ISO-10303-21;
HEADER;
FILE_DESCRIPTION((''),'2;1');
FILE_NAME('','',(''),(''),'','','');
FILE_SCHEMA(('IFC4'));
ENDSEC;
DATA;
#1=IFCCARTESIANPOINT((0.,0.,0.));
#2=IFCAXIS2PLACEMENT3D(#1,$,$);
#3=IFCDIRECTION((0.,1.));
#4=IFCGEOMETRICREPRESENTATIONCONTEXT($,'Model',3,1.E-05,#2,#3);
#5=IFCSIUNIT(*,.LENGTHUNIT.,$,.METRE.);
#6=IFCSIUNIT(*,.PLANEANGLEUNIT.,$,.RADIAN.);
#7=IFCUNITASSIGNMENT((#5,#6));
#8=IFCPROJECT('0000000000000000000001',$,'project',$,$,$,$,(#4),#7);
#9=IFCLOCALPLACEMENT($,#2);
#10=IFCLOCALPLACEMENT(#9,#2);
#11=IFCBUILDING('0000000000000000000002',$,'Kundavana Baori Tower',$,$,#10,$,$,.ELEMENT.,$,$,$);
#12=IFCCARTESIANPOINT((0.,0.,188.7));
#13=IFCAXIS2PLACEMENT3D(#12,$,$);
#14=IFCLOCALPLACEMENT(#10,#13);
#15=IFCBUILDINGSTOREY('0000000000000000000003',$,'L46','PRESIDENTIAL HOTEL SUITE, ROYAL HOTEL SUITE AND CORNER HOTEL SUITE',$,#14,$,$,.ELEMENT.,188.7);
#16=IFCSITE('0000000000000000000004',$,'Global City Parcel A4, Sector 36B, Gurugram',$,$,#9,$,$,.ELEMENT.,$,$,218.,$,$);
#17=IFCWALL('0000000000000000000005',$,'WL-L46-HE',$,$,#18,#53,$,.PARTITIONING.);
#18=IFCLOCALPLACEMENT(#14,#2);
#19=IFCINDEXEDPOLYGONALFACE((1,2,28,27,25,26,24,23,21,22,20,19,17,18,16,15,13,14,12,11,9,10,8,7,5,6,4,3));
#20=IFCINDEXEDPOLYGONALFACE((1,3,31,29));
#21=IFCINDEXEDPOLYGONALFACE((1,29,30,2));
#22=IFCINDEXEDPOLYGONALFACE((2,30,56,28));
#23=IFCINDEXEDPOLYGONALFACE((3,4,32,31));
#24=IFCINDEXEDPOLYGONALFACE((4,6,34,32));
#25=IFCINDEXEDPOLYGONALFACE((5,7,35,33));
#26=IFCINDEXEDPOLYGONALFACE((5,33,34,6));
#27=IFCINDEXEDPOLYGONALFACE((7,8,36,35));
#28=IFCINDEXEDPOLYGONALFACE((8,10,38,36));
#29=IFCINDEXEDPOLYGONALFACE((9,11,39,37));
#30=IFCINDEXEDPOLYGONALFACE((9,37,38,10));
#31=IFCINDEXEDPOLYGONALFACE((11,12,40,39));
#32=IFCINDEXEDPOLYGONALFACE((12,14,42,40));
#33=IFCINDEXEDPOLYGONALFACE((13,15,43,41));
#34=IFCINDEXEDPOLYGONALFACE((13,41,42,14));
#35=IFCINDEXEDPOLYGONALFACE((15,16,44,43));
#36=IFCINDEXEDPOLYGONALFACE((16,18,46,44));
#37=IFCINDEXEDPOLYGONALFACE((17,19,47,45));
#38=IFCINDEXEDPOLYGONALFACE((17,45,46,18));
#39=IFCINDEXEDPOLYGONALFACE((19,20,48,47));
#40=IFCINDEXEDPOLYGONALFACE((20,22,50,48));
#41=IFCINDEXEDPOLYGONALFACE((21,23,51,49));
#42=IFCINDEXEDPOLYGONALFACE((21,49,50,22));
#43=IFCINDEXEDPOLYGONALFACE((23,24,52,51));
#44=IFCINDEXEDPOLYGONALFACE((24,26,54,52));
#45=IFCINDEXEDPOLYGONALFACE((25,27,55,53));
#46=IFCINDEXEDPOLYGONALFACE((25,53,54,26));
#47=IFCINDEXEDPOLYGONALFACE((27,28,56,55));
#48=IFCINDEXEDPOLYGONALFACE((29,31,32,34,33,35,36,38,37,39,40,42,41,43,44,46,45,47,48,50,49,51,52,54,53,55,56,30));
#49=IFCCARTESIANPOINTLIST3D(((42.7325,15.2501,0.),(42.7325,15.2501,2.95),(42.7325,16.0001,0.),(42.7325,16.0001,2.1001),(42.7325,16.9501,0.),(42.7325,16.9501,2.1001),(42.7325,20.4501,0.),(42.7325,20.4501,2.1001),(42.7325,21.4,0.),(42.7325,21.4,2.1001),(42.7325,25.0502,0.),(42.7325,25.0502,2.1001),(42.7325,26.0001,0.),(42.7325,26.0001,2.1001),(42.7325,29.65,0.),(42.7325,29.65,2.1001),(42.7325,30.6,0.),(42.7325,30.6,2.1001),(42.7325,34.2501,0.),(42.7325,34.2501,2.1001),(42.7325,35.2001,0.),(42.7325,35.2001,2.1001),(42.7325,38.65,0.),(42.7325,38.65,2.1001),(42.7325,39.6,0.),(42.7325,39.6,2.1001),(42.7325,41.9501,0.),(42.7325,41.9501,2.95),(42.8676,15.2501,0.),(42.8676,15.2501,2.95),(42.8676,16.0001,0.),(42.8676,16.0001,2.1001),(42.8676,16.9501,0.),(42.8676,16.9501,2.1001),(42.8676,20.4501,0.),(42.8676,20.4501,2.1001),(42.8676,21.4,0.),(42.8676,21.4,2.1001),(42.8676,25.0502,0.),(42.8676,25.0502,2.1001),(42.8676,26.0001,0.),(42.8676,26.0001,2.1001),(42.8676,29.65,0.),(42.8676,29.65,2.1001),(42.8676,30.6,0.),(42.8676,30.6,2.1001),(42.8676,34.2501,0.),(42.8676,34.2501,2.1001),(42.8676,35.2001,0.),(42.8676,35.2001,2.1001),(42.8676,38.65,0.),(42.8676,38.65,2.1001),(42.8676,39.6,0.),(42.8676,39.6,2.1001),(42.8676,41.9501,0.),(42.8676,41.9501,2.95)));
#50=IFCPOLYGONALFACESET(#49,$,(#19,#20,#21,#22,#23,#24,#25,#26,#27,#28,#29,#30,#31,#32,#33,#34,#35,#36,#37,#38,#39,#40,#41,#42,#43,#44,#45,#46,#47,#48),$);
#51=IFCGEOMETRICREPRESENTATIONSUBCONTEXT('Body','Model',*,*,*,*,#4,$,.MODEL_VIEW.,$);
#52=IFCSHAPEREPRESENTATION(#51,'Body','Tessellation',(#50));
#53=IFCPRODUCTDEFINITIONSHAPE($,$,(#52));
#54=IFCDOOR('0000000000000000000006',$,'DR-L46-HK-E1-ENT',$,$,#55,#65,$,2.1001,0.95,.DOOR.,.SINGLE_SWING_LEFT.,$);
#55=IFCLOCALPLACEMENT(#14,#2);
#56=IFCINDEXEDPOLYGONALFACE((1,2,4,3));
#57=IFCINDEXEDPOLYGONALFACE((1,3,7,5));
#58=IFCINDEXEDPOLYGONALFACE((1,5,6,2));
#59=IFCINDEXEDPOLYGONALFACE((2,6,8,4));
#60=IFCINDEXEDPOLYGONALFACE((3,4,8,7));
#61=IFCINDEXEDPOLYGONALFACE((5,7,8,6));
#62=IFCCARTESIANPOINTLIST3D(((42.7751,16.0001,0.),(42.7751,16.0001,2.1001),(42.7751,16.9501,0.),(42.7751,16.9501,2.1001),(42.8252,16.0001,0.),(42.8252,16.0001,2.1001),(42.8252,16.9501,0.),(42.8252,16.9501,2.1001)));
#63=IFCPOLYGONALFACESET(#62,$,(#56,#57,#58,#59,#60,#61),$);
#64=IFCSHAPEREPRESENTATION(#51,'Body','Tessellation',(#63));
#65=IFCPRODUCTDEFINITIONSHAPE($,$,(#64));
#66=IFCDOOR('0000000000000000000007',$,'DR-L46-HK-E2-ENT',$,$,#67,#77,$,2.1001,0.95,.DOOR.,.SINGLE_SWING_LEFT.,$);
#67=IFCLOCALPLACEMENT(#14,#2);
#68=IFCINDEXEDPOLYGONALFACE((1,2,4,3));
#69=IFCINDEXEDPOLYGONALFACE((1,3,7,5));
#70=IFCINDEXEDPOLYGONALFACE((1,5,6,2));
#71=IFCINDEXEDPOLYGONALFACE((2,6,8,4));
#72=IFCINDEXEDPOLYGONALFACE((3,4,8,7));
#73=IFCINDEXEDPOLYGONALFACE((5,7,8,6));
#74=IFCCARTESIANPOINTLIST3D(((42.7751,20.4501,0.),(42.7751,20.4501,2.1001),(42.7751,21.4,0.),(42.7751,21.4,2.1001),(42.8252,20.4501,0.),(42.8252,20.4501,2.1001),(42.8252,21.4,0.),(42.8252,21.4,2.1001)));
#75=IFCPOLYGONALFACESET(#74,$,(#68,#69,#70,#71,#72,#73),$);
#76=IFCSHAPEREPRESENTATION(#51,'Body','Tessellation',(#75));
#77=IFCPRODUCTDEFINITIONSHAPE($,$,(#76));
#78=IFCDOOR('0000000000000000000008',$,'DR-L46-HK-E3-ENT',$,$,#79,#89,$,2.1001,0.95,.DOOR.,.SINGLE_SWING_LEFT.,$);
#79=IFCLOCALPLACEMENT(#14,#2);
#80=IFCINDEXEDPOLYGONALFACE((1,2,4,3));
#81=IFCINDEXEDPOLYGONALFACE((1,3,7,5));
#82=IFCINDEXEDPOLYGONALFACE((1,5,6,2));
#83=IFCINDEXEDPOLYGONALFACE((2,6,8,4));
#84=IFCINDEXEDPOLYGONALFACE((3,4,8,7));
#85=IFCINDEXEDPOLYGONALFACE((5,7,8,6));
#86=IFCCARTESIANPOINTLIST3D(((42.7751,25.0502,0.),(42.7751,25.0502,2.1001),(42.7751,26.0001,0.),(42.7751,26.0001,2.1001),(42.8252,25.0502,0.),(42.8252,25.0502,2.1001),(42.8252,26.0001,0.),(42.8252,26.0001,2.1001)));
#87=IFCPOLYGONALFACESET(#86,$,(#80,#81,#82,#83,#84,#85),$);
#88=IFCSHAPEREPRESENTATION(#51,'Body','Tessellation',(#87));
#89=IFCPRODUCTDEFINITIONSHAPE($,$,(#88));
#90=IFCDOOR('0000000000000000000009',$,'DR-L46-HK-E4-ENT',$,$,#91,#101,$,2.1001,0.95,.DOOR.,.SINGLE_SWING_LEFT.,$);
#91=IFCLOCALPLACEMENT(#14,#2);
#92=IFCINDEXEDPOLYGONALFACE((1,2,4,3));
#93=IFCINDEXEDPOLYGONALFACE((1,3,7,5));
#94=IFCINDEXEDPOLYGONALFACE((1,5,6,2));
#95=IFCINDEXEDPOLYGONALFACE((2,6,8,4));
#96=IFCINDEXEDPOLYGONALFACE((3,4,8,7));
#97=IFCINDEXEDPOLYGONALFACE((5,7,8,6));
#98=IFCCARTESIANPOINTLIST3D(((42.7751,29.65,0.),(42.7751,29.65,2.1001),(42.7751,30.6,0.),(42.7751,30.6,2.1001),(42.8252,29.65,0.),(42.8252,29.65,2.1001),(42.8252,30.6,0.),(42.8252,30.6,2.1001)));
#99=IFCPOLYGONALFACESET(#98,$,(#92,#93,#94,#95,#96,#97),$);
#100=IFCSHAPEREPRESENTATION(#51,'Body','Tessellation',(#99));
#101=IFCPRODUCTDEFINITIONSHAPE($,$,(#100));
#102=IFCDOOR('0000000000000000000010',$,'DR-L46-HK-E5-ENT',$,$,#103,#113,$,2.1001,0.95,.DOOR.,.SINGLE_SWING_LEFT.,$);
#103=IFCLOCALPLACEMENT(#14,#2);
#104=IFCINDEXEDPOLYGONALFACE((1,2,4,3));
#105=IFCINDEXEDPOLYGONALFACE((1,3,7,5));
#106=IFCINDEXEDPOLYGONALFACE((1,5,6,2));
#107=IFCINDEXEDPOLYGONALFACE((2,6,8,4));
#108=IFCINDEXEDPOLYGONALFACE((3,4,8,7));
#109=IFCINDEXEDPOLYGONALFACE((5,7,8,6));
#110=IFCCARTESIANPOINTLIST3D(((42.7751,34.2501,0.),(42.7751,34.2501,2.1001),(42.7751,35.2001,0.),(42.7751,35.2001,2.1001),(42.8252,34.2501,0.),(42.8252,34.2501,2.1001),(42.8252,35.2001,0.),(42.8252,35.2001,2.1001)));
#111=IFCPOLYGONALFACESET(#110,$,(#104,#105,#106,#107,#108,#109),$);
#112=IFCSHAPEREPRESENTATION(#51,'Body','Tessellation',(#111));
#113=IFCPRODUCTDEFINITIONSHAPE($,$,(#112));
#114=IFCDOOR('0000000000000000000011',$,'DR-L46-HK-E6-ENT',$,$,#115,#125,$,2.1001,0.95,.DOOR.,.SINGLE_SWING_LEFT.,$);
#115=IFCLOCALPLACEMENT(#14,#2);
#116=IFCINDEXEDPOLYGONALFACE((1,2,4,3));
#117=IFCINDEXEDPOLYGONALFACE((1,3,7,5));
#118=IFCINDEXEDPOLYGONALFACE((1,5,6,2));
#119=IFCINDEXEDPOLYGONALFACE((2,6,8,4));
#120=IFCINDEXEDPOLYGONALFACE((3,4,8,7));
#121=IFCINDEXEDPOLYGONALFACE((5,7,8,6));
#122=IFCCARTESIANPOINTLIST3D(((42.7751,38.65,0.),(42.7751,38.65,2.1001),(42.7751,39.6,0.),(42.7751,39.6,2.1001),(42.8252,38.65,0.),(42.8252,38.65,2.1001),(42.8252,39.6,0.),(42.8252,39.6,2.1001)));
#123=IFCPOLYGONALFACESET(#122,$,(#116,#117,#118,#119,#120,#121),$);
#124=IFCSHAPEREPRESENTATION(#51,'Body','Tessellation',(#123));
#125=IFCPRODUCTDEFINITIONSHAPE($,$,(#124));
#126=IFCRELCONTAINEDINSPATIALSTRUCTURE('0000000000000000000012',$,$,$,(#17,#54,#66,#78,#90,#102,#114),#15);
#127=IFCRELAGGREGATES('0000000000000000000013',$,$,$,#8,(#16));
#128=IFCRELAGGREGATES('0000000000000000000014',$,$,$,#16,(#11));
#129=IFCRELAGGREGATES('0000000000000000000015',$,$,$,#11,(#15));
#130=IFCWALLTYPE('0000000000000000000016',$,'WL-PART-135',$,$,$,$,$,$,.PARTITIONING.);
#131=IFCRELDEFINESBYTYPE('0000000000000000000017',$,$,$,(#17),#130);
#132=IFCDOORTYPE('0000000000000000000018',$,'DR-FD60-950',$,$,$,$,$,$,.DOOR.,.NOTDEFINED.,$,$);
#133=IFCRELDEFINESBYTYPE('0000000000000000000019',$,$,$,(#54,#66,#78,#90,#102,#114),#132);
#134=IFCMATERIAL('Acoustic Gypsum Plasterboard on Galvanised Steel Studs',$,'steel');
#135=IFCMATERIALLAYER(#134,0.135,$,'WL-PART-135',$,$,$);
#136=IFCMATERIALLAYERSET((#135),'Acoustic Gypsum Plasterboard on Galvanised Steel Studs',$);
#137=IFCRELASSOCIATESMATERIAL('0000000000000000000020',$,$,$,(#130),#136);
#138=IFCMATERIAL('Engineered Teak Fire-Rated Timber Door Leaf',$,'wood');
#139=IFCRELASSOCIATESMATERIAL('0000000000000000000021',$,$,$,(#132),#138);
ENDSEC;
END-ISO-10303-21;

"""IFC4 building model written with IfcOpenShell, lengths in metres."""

from ifc_helpers import new_model, si_unit, direction, frame, frame_2d, origin, place, context, subcontext, project, spatial, rectangle, extrude, material, layer, layer_set, type_object, element, fill, save


model = new_model("IFC4")

# Units and contexts
model_context = context("Model", 3, precision=1e-05, world=origin(), true_north=direction((0.0, 1.0)))
body_context = subcontext(model_context, "Body", "Model", "MODEL_VIEW")
ifc_project = project(units=[si_unit("LENGTHUNIT", "METRE"), si_unit("PLANEANGLEUNIT", "RADIAN")], contexts=[model_context])

# Site, building, storey
site_placement = place(None, origin())
site = spatial("IfcSite", under=ifc_project, at=site_placement, Name="Global City Parcel A4, Sector 36B, Gurugram", CompositionType="ELEMENT", RefElevation=218.0)
building_placement = place(site_placement, origin())
building = spatial("IfcBuilding", under=site, at=building_placement, Name="Kundavana Baori Tower", CompositionType="ELEMENT")
storey_placement = place(building_placement, frame((0.0, 0.0, 188.7)))
storey = spatial("IfcBuildingStorey", under=building, at=storey_placement, Name="L46", Description="PRESIDENTIAL HOTEL SUITE, ROYAL HOTEL SUITE AND CORNER HOTEL SUITE", CompositionType="ELEMENT", Elevation=188.7)

# Wall, openings, doors
ifc_material_1 = material(Name="Acoustic Gypsum Plasterboard on Galvanised Steel Studs", Category="steel")
ifc_layer = layer(ifc_material_1, 0.135, Name="WL-PART-135")
ifc_layer_set = layer_set([ifc_layer], Name="Acoustic Gypsum Plasterboard on Galvanised Steel Studs")
wall_type = type_object("IfcWallType", Name="WL-PART-135", PredefinedType="PARTITIONING", material=ifc_layer_set)
wall_placement = place(storey_placement, frame((42.8, 15.25, 0.0), z_axis=(0.0, 0.0, 1.0), x_axis=(0.0, 1.0, 0.0)))
wall = element("IfcWall", 1, at=wall_placement, inside=storey, type_object=wall_type, Name="WL-L46-HE", PredefinedType="PARTITIONING", context=body_context, shape_type="SweptSolid", body=[
    extrude(rectangle(XDim=26.7, YDim=0.135, at=frame_2d((13.3501, 0.0))), origin(), (0.0, 0.0, 1.0), 2.95),
])
opening_1_placement = place(wall_placement, frame((0.75, 0.0, 0.0)))
opening_1 = element("IfcOpeningElement", 2, at=opening_1_placement, cuts=wall, PredefinedType="OPENING", context=body_context, shape_type="SweptSolid", body=[
    extrude(rectangle(XDim=0.95, YDim=2.1001, at=frame_2d((0.4751, 1.05))), frame((0.0, 0.0776, 0.0), z_axis=(0.0, -1.0, 0.0), x_axis=(1.0, 0.0, 0.0)), (0.0, 0.0, 1.0), 0.155),
])
opening_2_placement = place(wall_placement, frame((5.2, 0.0, 0.0)))
opening_2 = element("IfcOpeningElement", 3, at=opening_2_placement, cuts=wall, PredefinedType="OPENING", context=body_context, shape_type="SweptSolid", body=[
    extrude(rectangle(XDim=0.95, YDim=2.1001, at=frame_2d((0.4751, 1.05))), frame((0.0, 0.0776, 0.0), z_axis=(0.0, -1.0, 0.0), x_axis=(1.0, 0.0, 0.0)), (0.0, 0.0, 1.0), 0.155),
])
opening_3_placement = place(wall_placement, frame((9.8, 0.0, 0.0)))
opening_3 = element("IfcOpeningElement", 4, at=opening_3_placement, cuts=wall, PredefinedType="OPENING", context=body_context, shape_type="SweptSolid", body=[
    extrude(rectangle(XDim=0.95, YDim=2.1001, at=frame_2d((0.4751, 1.05))), frame((0.0, 0.0776, 0.0), z_axis=(0.0, -1.0, 0.0), x_axis=(1.0, 0.0, 0.0)), (0.0, 0.0, 1.0), 0.155),
])
opening_4_placement = place(wall_placement, frame((14.3999, 0.0, 0.0)))
opening_4 = element("IfcOpeningElement", 5, at=opening_4_placement, cuts=wall, PredefinedType="OPENING", context=body_context, shape_type="SweptSolid", body=[
    extrude(rectangle(XDim=0.95, YDim=2.1001, at=frame_2d((0.4751, 1.05))), frame((0.0, 0.0776, 0.0), z_axis=(0.0, -1.0, 0.0), x_axis=(1.0, 0.0, 0.0)), (0.0, 0.0, 1.0), 0.155),
])
opening_5_placement = place(wall_placement, frame((19.0, 0.0, 0.0)))
opening_5 = element("IfcOpeningElement", 6, at=opening_5_placement, cuts=wall, PredefinedType="OPENING", context=body_context, shape_type="SweptSolid", body=[
    extrude(rectangle(XDim=0.95, YDim=2.1001, at=frame_2d((0.4751, 1.05))), frame((0.0, 0.0776, 0.0), z_axis=(0.0, -1.0, 0.0), x_axis=(1.0, 0.0, 0.0)), (0.0, 0.0, 1.0), 0.155),
])
opening_6_placement = place(wall_placement, frame((23.3999, 0.0, 0.0)))
opening_6 = element("IfcOpeningElement", 7, at=opening_6_placement, cuts=wall, PredefinedType="OPENING", context=body_context, shape_type="SweptSolid", body=[
    extrude(rectangle(XDim=0.95, YDim=2.1001, at=frame_2d((0.4751, 1.05))), frame((0.0, 0.0776, 0.0), z_axis=(0.0, -1.0, 0.0), x_axis=(1.0, 0.0, 0.0)), (0.0, 0.0, 1.0), 0.155),
])
ifc_material_2 = material(Name="Engineered Teak Fire-Rated Timber Door Leaf", Category="wood")
door_type = type_object("IfcDoorType", Name="DR-FD60-950", OperationType="NOTDEFINED", PredefinedType="DOOR", material=ifc_material_2)
door_1_placement = place(opening_1_placement, origin())
door_1 = element("IfcDoor", 8, at=door_1_placement, inside=storey, type_object=door_type, Name="DR-L46-HK-E1-ENT", OperationType="SINGLE_SWING_LEFT", OverallHeight=2.1001, OverallWidth=0.95, PredefinedType="DOOR", context=body_context, shape_type="SweptSolid", body=[
    extrude(rectangle(XDim=0.95, YDim=2.1001, at=frame_2d((0.4751, 1.05))), frame((0.0, 0.0249, 0.0), z_axis=(0.0, -1.0, 0.0), x_axis=(1.0, 0.0, 0.0)), (0.0, 0.0, 1.0), 0.05),
])
fill(opening_1, door_1)
door_2_placement = place(opening_2_placement, origin())
door_2 = element("IfcDoor", 9, at=door_2_placement, inside=storey, type_object=door_type, Name="DR-L46-HK-E2-ENT", OperationType="SINGLE_SWING_LEFT", OverallHeight=2.1001, OverallWidth=0.95, PredefinedType="DOOR", context=body_context, shape_type="SweptSolid", body=[
    extrude(rectangle(XDim=0.95, YDim=2.1001, at=frame_2d((0.4751, 1.05))), frame((0.0, 0.0249, 0.0), z_axis=(0.0, -1.0, 0.0), x_axis=(1.0, 0.0, 0.0)), (0.0, 0.0, 1.0), 0.05),
])
fill(opening_2, door_2)
door_3_placement = place(opening_3_placement, origin())
door_3 = element("IfcDoor", 10, at=door_3_placement, inside=storey, type_object=door_type, Name="DR-L46-HK-E3-ENT", OperationType="SINGLE_SWING_LEFT", OverallHeight=2.1001, OverallWidth=0.95, PredefinedType="DOOR", context=body_context, shape_type="SweptSolid", body=[
    extrude(rectangle(XDim=0.95, YDim=2.1001, at=frame_2d((0.4751, 1.05))), frame((0.0, 0.0249, 0.0), z_axis=(0.0, -1.0, 0.0), x_axis=(1.0, 0.0, 0.0)), (0.0, 0.0, 1.0), 0.05),
])
fill(opening_3, door_3)
door_4_placement = place(opening_4_placement, origin())
door_4 = element("IfcDoor", 11, at=door_4_placement, inside=storey, type_object=door_type, Name="DR-L46-HK-E4-ENT", OperationType="SINGLE_SWING_LEFT", OverallHeight=2.1001, OverallWidth=0.95, PredefinedType="DOOR", context=body_context, shape_type="SweptSolid", body=[
    extrude(rectangle(XDim=0.95, YDim=2.1001, at=frame_2d((0.4751, 1.05))), frame((0.0, 0.0249, 0.0), z_axis=(0.0, -1.0, 0.0), x_axis=(1.0, 0.0, 0.0)), (0.0, 0.0, 1.0), 0.05),
])
fill(opening_4, door_4)
door_5_placement = place(opening_5_placement, origin())
door_5 = element("IfcDoor", 12, at=door_5_placement, inside=storey, type_object=door_type, Name="DR-L46-HK-E5-ENT", OperationType="SINGLE_SWING_LEFT", OverallHeight=2.1001, OverallWidth=0.95, PredefinedType="DOOR", context=body_context, shape_type="SweptSolid", body=[
    extrude(rectangle(XDim=0.95, YDim=2.1001, at=frame_2d((0.4751, 1.05))), frame((0.0, 0.0249, 0.0), z_axis=(0.0, -1.0, 0.0), x_axis=(1.0, 0.0, 0.0)), (0.0, 0.0, 1.0), 0.05),
])
fill(opening_5, door_5)
door_6_placement = place(opening_6_placement, origin())
door_6 = element("IfcDoor", 13, at=door_6_placement, inside=storey, type_object=door_type, Name="DR-L46-HK-E6-ENT", OperationType="SINGLE_SWING_LEFT", OverallHeight=2.1001, OverallWidth=0.95, PredefinedType="DOOR", context=body_context, shape_type="SweptSolid", body=[
    extrude(rectangle(XDim=0.95, YDim=2.1001, at=frame_2d((0.4751, 1.05))), frame((0.0, 0.0249, 0.0), z_axis=(0.0, -1.0, 0.0), x_axis=(1.0, 0.0, 0.0)), (0.0, 0.0, 1.0), 0.05),
])
fill(opening_6, door_6)

save(model, "model.ifc")
